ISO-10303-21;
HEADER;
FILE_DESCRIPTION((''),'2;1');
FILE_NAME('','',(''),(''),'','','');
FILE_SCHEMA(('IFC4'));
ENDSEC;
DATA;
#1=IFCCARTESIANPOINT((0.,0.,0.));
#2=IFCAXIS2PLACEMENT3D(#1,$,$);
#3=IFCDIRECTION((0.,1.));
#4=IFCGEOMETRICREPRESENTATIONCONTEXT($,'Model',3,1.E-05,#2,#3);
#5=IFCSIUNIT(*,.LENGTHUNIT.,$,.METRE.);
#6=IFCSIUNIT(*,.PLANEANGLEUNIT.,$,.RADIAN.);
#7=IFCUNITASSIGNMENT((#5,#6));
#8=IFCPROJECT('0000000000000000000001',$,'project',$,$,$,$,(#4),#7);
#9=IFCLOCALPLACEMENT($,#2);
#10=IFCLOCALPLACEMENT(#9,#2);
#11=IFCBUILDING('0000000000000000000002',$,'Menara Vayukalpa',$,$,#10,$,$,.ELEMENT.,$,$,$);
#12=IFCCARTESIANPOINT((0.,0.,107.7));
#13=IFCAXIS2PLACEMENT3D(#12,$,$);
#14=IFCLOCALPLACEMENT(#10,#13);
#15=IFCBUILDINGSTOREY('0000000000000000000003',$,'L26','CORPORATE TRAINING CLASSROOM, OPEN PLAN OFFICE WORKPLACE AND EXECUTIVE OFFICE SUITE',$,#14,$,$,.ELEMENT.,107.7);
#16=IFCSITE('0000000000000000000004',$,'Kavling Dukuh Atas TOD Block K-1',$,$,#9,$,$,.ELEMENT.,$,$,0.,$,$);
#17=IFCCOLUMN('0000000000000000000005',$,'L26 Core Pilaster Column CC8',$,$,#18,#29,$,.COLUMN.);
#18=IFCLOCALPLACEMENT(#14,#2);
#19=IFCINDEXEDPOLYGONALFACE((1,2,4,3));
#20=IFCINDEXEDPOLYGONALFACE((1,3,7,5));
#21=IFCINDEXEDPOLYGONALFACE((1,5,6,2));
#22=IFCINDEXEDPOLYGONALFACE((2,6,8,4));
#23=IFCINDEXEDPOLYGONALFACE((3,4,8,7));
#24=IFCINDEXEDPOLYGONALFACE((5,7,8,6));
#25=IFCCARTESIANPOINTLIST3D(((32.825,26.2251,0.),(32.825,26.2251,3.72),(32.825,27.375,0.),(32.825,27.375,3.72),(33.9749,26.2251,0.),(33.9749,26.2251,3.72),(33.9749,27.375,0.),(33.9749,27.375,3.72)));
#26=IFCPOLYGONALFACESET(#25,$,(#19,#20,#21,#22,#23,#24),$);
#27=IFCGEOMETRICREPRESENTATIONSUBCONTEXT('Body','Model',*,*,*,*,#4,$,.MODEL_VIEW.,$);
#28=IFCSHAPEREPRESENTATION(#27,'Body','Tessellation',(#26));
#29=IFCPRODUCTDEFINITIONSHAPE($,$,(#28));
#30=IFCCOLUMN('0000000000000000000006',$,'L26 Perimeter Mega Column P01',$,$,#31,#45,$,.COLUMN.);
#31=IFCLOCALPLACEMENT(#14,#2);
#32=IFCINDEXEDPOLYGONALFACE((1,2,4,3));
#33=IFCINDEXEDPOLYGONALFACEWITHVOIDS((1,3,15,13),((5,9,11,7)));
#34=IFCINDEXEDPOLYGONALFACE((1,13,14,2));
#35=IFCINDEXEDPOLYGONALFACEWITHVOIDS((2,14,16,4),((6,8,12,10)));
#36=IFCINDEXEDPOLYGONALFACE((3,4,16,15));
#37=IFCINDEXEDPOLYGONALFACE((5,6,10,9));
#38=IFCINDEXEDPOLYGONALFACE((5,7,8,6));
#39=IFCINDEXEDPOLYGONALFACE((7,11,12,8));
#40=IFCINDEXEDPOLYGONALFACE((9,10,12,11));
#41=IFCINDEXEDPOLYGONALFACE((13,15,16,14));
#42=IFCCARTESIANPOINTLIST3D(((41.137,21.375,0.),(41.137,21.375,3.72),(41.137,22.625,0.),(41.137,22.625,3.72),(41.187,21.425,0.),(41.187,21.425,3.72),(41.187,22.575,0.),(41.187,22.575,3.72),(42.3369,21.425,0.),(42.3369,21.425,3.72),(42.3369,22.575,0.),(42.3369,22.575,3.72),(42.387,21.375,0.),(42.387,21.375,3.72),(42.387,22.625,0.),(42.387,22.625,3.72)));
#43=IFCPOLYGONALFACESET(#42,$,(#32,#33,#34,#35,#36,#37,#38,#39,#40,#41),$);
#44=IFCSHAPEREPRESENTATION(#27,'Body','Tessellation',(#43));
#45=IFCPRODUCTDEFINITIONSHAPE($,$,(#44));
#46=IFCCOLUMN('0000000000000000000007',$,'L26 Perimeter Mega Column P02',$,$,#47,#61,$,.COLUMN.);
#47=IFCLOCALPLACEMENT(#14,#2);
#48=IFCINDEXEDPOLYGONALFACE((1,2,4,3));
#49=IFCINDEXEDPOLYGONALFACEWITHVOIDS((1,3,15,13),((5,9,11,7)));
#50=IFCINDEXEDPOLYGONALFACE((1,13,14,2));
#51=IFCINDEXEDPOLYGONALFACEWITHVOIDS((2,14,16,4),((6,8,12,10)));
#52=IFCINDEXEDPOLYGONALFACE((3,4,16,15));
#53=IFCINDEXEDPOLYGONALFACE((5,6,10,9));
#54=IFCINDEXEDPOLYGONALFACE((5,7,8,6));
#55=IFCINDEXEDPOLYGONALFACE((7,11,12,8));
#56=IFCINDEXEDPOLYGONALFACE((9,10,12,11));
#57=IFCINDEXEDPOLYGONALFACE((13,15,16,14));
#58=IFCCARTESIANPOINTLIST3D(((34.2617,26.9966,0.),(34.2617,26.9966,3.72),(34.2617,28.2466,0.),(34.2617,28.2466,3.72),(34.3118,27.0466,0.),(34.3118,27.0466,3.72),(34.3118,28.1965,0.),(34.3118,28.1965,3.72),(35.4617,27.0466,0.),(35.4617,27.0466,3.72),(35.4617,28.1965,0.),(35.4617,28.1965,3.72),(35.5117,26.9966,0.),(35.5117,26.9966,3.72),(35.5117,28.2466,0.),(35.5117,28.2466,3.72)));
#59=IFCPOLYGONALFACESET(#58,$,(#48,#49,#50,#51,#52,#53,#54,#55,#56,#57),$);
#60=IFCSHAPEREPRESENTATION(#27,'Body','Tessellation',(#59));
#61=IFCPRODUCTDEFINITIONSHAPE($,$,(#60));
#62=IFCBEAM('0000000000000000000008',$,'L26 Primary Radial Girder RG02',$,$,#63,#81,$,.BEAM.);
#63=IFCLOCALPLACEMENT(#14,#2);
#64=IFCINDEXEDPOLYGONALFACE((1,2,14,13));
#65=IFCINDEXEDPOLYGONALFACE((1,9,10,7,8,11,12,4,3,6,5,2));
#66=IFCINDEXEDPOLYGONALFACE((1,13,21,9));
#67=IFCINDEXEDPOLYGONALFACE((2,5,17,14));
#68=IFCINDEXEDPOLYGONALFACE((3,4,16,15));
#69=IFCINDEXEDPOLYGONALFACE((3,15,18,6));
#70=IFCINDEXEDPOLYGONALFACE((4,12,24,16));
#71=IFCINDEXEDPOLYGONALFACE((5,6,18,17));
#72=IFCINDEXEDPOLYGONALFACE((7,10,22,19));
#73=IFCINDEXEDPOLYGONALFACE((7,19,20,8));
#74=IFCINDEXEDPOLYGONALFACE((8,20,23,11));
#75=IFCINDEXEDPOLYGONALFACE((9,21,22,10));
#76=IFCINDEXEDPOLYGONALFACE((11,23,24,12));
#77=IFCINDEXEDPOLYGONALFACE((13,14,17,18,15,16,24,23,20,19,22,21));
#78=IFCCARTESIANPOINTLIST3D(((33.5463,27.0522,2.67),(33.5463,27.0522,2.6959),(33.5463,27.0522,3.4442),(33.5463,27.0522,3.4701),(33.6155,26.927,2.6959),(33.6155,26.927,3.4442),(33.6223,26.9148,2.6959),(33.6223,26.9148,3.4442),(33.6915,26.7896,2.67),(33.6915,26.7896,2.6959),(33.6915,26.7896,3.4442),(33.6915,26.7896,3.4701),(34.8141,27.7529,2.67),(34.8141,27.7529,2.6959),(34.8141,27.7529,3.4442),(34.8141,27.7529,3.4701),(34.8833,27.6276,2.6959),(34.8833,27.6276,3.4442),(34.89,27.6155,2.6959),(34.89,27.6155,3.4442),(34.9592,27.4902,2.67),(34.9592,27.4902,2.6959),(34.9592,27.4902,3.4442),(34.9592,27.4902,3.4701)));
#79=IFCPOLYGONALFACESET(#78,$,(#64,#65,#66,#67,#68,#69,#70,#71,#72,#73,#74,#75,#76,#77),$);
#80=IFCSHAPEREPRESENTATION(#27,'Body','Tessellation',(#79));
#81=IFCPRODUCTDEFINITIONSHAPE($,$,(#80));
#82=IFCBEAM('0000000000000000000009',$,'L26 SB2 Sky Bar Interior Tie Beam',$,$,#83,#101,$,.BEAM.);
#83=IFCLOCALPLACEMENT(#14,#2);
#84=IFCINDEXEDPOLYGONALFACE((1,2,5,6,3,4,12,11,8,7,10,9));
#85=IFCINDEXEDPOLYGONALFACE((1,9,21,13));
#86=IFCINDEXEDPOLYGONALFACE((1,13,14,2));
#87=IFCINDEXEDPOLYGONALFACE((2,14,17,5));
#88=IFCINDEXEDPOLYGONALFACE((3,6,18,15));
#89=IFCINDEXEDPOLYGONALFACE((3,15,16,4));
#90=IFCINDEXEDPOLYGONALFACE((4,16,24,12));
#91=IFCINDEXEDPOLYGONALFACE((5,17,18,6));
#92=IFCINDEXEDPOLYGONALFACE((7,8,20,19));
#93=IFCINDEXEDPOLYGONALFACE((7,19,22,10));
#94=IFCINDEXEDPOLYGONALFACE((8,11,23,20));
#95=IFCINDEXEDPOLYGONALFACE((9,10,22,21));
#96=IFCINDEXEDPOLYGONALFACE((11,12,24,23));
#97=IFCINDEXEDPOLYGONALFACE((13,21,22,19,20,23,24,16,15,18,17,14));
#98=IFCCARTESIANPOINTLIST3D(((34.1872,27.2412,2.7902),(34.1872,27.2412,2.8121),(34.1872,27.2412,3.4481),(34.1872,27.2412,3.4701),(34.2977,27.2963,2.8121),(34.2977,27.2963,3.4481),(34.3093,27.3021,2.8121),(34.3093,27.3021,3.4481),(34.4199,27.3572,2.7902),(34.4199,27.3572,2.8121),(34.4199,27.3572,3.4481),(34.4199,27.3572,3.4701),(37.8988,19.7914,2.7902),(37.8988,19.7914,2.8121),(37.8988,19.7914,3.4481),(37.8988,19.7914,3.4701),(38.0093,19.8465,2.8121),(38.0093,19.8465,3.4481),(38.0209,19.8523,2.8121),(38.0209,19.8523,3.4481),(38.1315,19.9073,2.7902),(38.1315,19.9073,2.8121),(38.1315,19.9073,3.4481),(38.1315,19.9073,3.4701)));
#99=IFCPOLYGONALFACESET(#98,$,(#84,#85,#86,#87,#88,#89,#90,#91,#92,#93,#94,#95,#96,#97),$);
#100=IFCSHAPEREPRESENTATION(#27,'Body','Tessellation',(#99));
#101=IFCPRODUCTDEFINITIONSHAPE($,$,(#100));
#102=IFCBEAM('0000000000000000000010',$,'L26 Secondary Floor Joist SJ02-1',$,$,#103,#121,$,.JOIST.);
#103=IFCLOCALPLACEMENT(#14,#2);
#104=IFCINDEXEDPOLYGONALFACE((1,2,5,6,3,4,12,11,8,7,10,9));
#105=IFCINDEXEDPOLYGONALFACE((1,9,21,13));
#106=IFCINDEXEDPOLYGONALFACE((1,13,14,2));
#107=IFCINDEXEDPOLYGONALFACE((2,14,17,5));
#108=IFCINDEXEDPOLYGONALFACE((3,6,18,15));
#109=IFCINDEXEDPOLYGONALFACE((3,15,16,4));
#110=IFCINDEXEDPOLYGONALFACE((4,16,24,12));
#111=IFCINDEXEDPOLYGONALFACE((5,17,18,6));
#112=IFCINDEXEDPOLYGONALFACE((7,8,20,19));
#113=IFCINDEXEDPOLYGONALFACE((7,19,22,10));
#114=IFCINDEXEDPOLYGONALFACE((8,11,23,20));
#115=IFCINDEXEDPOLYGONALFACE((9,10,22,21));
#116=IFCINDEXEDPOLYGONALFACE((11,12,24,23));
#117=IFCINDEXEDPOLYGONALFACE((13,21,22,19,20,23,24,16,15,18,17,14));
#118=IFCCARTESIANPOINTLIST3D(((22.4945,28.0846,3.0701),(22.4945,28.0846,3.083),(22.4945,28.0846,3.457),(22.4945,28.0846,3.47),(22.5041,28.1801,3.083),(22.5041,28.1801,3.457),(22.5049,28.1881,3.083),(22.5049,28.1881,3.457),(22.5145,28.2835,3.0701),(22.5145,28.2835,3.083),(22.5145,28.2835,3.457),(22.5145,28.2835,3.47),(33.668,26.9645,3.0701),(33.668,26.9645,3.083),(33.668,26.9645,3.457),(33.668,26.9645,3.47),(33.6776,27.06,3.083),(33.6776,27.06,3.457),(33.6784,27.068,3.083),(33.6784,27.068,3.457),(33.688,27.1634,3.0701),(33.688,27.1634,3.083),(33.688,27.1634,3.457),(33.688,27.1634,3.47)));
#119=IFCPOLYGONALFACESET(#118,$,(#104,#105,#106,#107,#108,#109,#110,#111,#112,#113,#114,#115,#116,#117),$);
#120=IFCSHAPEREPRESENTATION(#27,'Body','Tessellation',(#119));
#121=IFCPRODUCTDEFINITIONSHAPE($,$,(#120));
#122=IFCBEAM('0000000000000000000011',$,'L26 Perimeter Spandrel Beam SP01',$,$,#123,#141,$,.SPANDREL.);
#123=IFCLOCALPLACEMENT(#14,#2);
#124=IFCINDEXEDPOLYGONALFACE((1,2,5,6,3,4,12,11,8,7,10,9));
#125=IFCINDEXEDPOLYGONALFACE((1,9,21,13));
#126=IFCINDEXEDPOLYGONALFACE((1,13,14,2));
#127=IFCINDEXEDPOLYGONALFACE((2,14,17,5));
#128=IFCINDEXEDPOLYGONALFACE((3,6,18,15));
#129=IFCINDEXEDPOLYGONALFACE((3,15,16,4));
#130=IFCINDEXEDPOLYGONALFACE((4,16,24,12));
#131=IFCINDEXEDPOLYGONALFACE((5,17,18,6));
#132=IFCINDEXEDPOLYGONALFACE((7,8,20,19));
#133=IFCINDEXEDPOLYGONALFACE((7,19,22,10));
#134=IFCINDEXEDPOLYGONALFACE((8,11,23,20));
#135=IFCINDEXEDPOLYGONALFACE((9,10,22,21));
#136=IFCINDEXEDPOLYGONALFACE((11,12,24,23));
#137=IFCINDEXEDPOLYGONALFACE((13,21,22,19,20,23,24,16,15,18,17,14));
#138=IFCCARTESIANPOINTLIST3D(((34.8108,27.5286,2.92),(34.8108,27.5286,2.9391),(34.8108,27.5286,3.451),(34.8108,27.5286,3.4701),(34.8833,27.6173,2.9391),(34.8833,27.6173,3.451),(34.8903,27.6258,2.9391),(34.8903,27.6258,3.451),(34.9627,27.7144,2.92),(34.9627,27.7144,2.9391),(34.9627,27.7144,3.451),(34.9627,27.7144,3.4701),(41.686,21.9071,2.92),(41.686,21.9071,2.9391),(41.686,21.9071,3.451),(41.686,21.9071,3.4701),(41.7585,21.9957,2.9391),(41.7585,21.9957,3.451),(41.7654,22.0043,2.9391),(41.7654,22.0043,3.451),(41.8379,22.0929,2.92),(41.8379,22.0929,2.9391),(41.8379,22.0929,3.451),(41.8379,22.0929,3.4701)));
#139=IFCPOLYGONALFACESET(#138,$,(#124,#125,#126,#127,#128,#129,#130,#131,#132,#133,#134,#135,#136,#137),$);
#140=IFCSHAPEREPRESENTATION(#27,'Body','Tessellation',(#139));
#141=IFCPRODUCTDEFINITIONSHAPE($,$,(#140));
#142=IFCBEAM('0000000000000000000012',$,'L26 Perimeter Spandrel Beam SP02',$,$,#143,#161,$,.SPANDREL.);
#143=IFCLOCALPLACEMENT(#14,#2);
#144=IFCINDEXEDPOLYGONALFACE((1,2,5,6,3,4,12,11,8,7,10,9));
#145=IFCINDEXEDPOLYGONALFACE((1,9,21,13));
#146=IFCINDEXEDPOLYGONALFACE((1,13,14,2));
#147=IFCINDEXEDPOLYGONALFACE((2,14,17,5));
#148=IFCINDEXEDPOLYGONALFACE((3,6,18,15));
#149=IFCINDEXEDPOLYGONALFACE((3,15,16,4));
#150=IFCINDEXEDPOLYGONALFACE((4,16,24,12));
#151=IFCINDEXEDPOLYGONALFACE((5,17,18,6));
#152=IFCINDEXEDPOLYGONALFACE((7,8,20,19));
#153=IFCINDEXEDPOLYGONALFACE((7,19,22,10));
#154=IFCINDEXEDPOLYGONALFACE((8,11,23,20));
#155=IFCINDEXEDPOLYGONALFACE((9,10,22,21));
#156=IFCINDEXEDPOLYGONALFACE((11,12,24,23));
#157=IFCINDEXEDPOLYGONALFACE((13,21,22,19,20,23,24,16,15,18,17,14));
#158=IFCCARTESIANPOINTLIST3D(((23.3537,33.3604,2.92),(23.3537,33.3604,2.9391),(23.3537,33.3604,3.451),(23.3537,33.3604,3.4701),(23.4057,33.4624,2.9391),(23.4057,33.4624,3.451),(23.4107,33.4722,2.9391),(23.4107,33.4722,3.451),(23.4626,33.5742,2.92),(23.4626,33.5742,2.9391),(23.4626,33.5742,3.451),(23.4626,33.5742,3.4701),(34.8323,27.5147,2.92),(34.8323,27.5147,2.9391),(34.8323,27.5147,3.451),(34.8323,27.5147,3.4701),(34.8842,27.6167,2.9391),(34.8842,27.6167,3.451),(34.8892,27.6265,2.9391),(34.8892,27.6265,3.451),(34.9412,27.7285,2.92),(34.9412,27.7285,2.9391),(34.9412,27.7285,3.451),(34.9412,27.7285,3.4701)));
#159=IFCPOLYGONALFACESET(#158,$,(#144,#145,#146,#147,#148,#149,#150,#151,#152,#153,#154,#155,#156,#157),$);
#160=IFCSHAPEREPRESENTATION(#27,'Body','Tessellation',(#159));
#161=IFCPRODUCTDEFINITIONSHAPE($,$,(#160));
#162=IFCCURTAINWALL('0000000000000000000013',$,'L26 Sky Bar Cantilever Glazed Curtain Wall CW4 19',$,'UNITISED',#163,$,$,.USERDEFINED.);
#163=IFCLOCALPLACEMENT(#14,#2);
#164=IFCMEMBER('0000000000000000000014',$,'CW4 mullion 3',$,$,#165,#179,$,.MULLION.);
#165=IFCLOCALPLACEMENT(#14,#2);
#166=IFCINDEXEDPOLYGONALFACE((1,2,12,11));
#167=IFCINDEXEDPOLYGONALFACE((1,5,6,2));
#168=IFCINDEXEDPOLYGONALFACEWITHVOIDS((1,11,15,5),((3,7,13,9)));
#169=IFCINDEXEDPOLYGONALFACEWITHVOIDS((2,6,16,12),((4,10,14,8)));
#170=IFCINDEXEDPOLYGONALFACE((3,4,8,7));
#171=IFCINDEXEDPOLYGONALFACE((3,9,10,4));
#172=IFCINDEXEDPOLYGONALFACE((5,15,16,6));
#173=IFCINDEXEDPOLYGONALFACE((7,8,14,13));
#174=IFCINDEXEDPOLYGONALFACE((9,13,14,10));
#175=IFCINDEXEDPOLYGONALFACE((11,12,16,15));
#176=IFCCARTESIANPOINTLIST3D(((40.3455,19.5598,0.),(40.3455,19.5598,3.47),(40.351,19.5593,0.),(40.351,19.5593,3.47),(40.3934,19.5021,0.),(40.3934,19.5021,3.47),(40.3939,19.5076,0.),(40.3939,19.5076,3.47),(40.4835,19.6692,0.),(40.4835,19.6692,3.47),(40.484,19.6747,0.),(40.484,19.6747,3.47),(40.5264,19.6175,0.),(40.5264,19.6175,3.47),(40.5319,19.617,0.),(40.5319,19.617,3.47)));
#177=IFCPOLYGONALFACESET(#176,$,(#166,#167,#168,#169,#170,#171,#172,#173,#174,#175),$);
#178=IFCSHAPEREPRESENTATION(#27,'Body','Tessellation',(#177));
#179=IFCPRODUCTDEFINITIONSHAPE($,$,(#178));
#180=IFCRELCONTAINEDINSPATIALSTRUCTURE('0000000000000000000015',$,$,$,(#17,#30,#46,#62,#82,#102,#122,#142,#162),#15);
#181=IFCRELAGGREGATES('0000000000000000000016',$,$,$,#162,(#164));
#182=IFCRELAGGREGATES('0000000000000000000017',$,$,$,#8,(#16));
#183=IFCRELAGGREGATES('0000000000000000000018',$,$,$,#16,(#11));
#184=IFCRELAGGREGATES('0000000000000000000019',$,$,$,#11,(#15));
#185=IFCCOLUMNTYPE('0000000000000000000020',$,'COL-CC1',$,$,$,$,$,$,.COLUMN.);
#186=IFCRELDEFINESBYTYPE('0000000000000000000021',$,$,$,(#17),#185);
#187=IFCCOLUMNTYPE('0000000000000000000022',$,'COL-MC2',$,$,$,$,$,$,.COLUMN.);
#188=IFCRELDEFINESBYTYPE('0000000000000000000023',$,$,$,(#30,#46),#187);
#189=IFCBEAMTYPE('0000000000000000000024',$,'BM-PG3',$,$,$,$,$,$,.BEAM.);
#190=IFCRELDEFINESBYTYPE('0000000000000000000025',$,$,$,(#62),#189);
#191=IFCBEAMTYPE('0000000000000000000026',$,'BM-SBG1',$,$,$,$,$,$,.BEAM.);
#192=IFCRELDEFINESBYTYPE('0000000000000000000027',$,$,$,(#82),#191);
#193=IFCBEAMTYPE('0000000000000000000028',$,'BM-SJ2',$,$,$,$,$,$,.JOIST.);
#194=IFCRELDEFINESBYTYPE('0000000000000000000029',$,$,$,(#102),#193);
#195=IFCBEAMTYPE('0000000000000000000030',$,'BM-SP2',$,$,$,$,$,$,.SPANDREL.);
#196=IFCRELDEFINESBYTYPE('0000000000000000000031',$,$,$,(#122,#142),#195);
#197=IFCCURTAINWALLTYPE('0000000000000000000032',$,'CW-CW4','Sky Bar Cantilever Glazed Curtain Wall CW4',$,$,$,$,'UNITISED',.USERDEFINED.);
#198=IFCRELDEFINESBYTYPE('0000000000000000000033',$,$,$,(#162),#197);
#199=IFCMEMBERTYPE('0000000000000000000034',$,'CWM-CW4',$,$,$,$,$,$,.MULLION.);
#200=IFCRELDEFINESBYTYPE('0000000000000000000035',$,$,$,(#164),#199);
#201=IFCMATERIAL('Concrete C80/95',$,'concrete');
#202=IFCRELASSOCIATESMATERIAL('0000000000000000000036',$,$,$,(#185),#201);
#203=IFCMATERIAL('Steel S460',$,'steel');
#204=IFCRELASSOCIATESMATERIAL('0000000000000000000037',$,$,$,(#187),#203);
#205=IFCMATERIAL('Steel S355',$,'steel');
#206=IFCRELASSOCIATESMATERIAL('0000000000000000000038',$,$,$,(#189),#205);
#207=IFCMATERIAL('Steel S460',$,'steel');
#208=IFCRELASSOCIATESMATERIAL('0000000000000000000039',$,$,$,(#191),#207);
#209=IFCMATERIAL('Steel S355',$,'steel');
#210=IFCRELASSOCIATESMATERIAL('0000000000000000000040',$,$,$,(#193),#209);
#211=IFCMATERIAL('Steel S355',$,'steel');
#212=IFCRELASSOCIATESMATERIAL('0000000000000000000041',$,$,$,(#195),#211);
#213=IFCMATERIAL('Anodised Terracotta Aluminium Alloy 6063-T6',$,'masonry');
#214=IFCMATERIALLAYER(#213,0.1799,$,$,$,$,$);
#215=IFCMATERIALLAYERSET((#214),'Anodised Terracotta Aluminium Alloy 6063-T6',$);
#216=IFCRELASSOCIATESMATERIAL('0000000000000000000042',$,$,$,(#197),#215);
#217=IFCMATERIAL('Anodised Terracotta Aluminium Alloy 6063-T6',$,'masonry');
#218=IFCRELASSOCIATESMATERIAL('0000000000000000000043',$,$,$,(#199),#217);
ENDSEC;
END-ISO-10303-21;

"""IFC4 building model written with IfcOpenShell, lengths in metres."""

from ifc_helpers import new_model, si_unit, direction, frame, origin, origin_2d, place, context, subcontext, project, spatial, rectangle, hollow_rectangle, i_section, extrude, material, layer, layer_set, material_profile, profile_set, type_object, element, aggregate, save


model = new_model("IFC4")

# Units and contexts
model_context = context("Model", 3, precision=1e-05, world=origin(), true_north=direction((0.0, 1.0)))
body_context = subcontext(model_context, "Body", "Model", "MODEL_VIEW")
ifc_project = project(units=[si_unit("LENGTHUNIT", "METRE"), si_unit("PLANEANGLEUNIT", "RADIAN")], contexts=[model_context])

# Site, building, storey
site_placement = place(None, origin())
site = spatial("IfcSite", under=ifc_project, at=site_placement, Name="Kavling Dukuh Atas TOD Block K-1", CompositionType="ELEMENT", RefElevation=0.0)
building_placement = place(site_placement, origin())
building = spatial("IfcBuilding", under=site, at=building_placement, Name="Menara Vayukalpa", CompositionType="ELEMENT")
storey_placement = place(building_placement, frame((0.0, 0.0, 107.7)))
storey = spatial("IfcBuildingStorey", under=building, at=storey_placement, Name="L26", Description="CORPORATE TRAINING CLASSROOM, OPEN PLAN OFFICE WORKPLACE AND EXECUTIVE OFFICE SUITE", CompositionType="ELEMENT", Elevation=107.7)

# Columns
ifc_material_1 = material(Name="Concrete C80/95", Category="concrete")
ifc_material_profile_1 = material_profile(ifc_material_1, rectangle(XDim=1.1499, YDim=1.1499, at=origin_2d()), Name="RC 1150x1150")
ifc_profile_set_1 = profile_set([ifc_material_profile_1], Name="Concrete C80/95")
column_type_1 = type_object("IfcColumnType", Name="COL-CC1", PredefinedType="COLUMN", material=ifc_profile_set_1)
column_placement = place(storey_placement, frame((33.3999, 26.8, 0.0), z_axis=(0.0, 0.0, 1.0), x_axis=(1.0, 0.0, 0.0)))
element("IfcColumn", 1, at=column_placement, inside=storey, type_object=column_type_1, Name="L26 Core Pilaster Column CC8", PredefinedType="COLUMN", context=body_context, shape_type="SweptSolid", body=[
    extrude(rectangle(XDim=1.1499, YDim=1.1499, at=origin_2d()), origin(), (0.0, 0.0, 1.0), 3.72),
])
ifc_material_2 = material(Name="Steel S460", Category="steel")
ifc_material_profile_2 = material_profile(ifc_material_2, hollow_rectangle(XDim=1.25, YDim=1.25, WallThickness=0.05, at=origin_2d()), Name="BOX 1250x1250x50")
ifc_profile_set_2 = profile_set([ifc_material_profile_2], Name="Steel S460")
column_type_2 = type_object("IfcColumnType", Name="COL-MC2", PredefinedType="COLUMN", material=ifc_profile_set_2)
for number, where, z_axis, x_axis, name in (
    (2, (41.762, 22.0, 0.0), (0.0, 0.0, 1.0), (1.0, 0.0, 0.0), "L26 Perimeter Mega Column P01"),
    (3, (34.8867, 27.6216, 0.0), (0.0, 0.0, 1.0), (1.0, 0.0, 0.0), "L26 Perimeter Mega Column P02"),
):
    element("IfcColumn", number, at=place(storey_placement, frame(where, z_axis=z_axis, x_axis=x_axis)), inside=storey, type_object=column_type_2, Name=name, PredefinedType="COLUMN", context=body_context, shape_type="SweptSolid", body=[
        extrude(hollow_rectangle(XDim=1.25, YDim=1.25, WallThickness=0.05, at=origin_2d()), origin(), (0.0, 0.0, 1.0), 3.72),
    ])

# Beams
ifc_material_3 = material(Name="Steel S355", Category="steel")
ifc_material_profile_3 = material_profile(ifc_material_3, i_section(OverallWidth=0.3, OverallDepth=0.8, WebThickness=0.0139, FlangeThickness=0.0259, at=origin_2d()), Name="WF 800x300x14x26")
ifc_profile_set_3 = profile_set([ifc_material_profile_3], Name="Steel S355")
beam_type_1 = type_object("IfcBeamType", Name="BM-PG3", PredefinedType="BEAM", material=ifc_profile_set_3)
beam_1_placement = place(storey_placement, frame((33.6189, 26.9209, 3.0701), z_axis=(0.875228, 0.48371, 0.0), x_axis=(-0.48371, 0.875228, 0.0)))
element("IfcBeam", 4, at=beam_1_placement, inside=storey, type_object=beam_type_1, Name="L26 Primary Radial Girder RG02", PredefinedType="BEAM", context=body_context, shape_type="SweptSolid", body=[
    extrude(i_section(OverallWidth=0.3, OverallDepth=0.8, WebThickness=0.0139, FlangeThickness=0.0259, at=origin_2d()), origin(), (0.0, 0.0, 1.0), 1.4485),
])
ifc_material_4 = material(Name="Steel S460", Category="steel")
ifc_material_profile_4 = material_profile(ifc_material_4, i_section(OverallWidth=0.26, OverallDepth=0.6799, WebThickness=0.0129, FlangeThickness=0.022, at=origin_2d()), Name="WF 680x260x13x22")
ifc_profile_set_4 = profile_set([ifc_material_profile_4], Name="Steel S460")
beam_type_2 = type_object("IfcBeamType", Name="BM-SBG1", PredefinedType="BEAM", material=ifc_profile_set_4)
beam_2_placement = place(storey_placement, frame((38.0151, 19.8494, 3.1301), z_axis=(-0.445934, 0.895066, 0.0), x_axis=(-0.895066, -0.445934, 0.0)))
element("IfcBeam", 5, at=beam_2_placement, inside=storey, type_object=beam_type_2, Name="L26 SB2 Sky Bar Interior Tie Beam", PredefinedType="BEAM", context=body_context, shape_type="SweptSolid", body=[
    extrude(i_section(OverallWidth=0.26, OverallDepth=0.6799, WebThickness=0.0129, FlangeThickness=0.022, at=origin_2d()), origin(), (0.0, 0.0, 1.0), 8.3232),
])
ifc_material_5 = material(Name="Steel S355", Category="steel")
ifc_material_profile_5 = material_profile(ifc_material_5, i_section(OverallWidth=0.2, OverallDepth=0.3999, WebThickness=0.0081, FlangeThickness=0.0129, at=origin_2d()), Name="WF 400x200x8x13")
ifc_profile_set_5 = profile_set([ifc_material_profile_5], Name="Steel S355")
beam_type_3 = type_object("IfcBeamType", Name="BM-SJ2", PredefinedType="JOIST", material=ifc_profile_set_5)
beam_3_placement = place(storey_placement, frame((33.678, 27.064, 3.27), z_axis=(-0.995013, 0.099747, 0.0), x_axis=(-0.099747, -0.995013, 0.0)))
element("IfcBeam", 6, at=beam_3_placement, inside=storey, type_object=beam_type_3, Name="L26 Secondary Floor Joist SJ02-1", PredefinedType="JOIST", context=body_context, shape_type="SweptSolid", body=[
    extrude(i_section(OverallWidth=0.2, OverallDepth=0.3999, WebThickness=0.0081, FlangeThickness=0.0129, at=origin_2d()), origin(), (0.0, 0.0, 1.0), 11.2295),
])
ifc_material_6 = material(Name="Steel S355", Category="steel")
ifc_material_profile_6 = material_profile(ifc_material_6, i_section(OverallWidth=0.24, OverallDepth=0.55, WebThickness=0.011, FlangeThickness=0.019, at=origin_2d()), Name="WF 550x240x11x19")
ifc_profile_set_6 = profile_set([ifc_material_profile_6], Name="Steel S355")
beam_type_4 = type_object("IfcBeamType", Name="BM-SP2", PredefinedType="SPANDREL", material=ifc_profile_set_6)
beam_4_placement = place(storey_placement, frame((41.762, 22.0, 3.1951), z_axis=(-0.774157, 0.632994, 0.0), x_axis=(-0.632994, -0.774157, 0.0)))
element("IfcBeam", 7, at=beam_4_placement, inside=storey, type_object=beam_type_4, Name="L26 Perimeter Spandrel Beam SP01", PredefinedType="SPANDREL", context=body_context, shape_type="SweptSolid", body=[
    extrude(i_section(OverallWidth=0.24, OverallDepth=0.55, WebThickness=0.011, FlangeThickness=0.019, at=origin_2d()), origin(), (0.0, 0.0, 1.0), 8.8809),
])
beam_5_placement = place(storey_placement, frame((34.8867, 27.6216, 3.1951), z_axis=(-0.891097, 0.453812, 0.0), x_axis=(-0.453812, -0.891097, 0.0)))
element("IfcBeam", 8, at=beam_5_placement, inside=storey, type_object=beam_type_4, Name="L26 Perimeter Spandrel Beam SP02", PredefinedType="SPANDREL", context=body_context, shape_type="SweptSolid", body=[
    extrude(i_section(OverallWidth=0.24, OverallDepth=0.55, WebThickness=0.011, FlangeThickness=0.019, at=origin_2d()), origin(), (0.0, 0.0, 1.0), 12.8813),
])

# Curtain wall, member
ifc_material_7 = material(Name="Anodised Terracotta Aluminium Alloy 6063-T6", Category="masonry")
ifc_layer_1 = layer(ifc_material_7, 0.1799)
ifc_layer_set_1 = layer_set([ifc_layer_1], Name="Anodised Terracotta Aluminium Alloy 6063-T6")
curtain_wall_type = type_object("IfcCurtainWallType", Name="CW-CW4", Description="Sky Bar Cantilever Glazed Curtain Wall CW4", ElementType="UNITISED", PredefinedType="USERDEFINED", material=ifc_layer_set_1)
curtain_wall_placement = place(storey_placement, origin())
curtain_wall = element("IfcCurtainWall", 9, at=curtain_wall_placement, inside=storey, type_object=curtain_wall_type, Name="L26 Sky Bar Cantilever Glazed Curtain Wall CW4 19", ObjectType="UNITISED", PredefinedType="USERDEFINED")
ifc_material_8 = material(Name="Anodised Terracotta Aluminium Alloy 6063-T6", Category="masonry")
ifc_material_profile_7 = material_profile(ifc_material_8, hollow_rectangle(XDim=0.075, YDim=0.1799, WallThickness=0.0039, at=origin_2d()), Name="ALU 75x180x4")
ifc_profile_set_7 = profile_set([ifc_material_profile_7], Name="Anodised Terracotta Aluminium Alloy 6063-T6")
member_type = type_object("IfcMemberType", Name="CWM-CW4", PredefinedType="MULLION", material=ifc_profile_set_7)
member_placement = place(storey_placement, frame((40.4387, 19.5884, 0.0), z_axis=(0.0, 0.0, 1.0), x_axis=(-0.638346, 0.76975, 0.0)))
member = element("IfcMember", 10, at=member_placement, type_object=member_type, Name="CW4 mullion 3", PredefinedType="MULLION", context=body_context, shape_type="SweptSolid", body=[
    extrude(hollow_rectangle(XDim=0.075, YDim=0.1799, WallThickness=0.0039, at=origin_2d()), origin(), (0.0, 0.0, 1.0), 3.47),
])
aggregate(curtain_wall, [member])

save(model, "model.ifc")
